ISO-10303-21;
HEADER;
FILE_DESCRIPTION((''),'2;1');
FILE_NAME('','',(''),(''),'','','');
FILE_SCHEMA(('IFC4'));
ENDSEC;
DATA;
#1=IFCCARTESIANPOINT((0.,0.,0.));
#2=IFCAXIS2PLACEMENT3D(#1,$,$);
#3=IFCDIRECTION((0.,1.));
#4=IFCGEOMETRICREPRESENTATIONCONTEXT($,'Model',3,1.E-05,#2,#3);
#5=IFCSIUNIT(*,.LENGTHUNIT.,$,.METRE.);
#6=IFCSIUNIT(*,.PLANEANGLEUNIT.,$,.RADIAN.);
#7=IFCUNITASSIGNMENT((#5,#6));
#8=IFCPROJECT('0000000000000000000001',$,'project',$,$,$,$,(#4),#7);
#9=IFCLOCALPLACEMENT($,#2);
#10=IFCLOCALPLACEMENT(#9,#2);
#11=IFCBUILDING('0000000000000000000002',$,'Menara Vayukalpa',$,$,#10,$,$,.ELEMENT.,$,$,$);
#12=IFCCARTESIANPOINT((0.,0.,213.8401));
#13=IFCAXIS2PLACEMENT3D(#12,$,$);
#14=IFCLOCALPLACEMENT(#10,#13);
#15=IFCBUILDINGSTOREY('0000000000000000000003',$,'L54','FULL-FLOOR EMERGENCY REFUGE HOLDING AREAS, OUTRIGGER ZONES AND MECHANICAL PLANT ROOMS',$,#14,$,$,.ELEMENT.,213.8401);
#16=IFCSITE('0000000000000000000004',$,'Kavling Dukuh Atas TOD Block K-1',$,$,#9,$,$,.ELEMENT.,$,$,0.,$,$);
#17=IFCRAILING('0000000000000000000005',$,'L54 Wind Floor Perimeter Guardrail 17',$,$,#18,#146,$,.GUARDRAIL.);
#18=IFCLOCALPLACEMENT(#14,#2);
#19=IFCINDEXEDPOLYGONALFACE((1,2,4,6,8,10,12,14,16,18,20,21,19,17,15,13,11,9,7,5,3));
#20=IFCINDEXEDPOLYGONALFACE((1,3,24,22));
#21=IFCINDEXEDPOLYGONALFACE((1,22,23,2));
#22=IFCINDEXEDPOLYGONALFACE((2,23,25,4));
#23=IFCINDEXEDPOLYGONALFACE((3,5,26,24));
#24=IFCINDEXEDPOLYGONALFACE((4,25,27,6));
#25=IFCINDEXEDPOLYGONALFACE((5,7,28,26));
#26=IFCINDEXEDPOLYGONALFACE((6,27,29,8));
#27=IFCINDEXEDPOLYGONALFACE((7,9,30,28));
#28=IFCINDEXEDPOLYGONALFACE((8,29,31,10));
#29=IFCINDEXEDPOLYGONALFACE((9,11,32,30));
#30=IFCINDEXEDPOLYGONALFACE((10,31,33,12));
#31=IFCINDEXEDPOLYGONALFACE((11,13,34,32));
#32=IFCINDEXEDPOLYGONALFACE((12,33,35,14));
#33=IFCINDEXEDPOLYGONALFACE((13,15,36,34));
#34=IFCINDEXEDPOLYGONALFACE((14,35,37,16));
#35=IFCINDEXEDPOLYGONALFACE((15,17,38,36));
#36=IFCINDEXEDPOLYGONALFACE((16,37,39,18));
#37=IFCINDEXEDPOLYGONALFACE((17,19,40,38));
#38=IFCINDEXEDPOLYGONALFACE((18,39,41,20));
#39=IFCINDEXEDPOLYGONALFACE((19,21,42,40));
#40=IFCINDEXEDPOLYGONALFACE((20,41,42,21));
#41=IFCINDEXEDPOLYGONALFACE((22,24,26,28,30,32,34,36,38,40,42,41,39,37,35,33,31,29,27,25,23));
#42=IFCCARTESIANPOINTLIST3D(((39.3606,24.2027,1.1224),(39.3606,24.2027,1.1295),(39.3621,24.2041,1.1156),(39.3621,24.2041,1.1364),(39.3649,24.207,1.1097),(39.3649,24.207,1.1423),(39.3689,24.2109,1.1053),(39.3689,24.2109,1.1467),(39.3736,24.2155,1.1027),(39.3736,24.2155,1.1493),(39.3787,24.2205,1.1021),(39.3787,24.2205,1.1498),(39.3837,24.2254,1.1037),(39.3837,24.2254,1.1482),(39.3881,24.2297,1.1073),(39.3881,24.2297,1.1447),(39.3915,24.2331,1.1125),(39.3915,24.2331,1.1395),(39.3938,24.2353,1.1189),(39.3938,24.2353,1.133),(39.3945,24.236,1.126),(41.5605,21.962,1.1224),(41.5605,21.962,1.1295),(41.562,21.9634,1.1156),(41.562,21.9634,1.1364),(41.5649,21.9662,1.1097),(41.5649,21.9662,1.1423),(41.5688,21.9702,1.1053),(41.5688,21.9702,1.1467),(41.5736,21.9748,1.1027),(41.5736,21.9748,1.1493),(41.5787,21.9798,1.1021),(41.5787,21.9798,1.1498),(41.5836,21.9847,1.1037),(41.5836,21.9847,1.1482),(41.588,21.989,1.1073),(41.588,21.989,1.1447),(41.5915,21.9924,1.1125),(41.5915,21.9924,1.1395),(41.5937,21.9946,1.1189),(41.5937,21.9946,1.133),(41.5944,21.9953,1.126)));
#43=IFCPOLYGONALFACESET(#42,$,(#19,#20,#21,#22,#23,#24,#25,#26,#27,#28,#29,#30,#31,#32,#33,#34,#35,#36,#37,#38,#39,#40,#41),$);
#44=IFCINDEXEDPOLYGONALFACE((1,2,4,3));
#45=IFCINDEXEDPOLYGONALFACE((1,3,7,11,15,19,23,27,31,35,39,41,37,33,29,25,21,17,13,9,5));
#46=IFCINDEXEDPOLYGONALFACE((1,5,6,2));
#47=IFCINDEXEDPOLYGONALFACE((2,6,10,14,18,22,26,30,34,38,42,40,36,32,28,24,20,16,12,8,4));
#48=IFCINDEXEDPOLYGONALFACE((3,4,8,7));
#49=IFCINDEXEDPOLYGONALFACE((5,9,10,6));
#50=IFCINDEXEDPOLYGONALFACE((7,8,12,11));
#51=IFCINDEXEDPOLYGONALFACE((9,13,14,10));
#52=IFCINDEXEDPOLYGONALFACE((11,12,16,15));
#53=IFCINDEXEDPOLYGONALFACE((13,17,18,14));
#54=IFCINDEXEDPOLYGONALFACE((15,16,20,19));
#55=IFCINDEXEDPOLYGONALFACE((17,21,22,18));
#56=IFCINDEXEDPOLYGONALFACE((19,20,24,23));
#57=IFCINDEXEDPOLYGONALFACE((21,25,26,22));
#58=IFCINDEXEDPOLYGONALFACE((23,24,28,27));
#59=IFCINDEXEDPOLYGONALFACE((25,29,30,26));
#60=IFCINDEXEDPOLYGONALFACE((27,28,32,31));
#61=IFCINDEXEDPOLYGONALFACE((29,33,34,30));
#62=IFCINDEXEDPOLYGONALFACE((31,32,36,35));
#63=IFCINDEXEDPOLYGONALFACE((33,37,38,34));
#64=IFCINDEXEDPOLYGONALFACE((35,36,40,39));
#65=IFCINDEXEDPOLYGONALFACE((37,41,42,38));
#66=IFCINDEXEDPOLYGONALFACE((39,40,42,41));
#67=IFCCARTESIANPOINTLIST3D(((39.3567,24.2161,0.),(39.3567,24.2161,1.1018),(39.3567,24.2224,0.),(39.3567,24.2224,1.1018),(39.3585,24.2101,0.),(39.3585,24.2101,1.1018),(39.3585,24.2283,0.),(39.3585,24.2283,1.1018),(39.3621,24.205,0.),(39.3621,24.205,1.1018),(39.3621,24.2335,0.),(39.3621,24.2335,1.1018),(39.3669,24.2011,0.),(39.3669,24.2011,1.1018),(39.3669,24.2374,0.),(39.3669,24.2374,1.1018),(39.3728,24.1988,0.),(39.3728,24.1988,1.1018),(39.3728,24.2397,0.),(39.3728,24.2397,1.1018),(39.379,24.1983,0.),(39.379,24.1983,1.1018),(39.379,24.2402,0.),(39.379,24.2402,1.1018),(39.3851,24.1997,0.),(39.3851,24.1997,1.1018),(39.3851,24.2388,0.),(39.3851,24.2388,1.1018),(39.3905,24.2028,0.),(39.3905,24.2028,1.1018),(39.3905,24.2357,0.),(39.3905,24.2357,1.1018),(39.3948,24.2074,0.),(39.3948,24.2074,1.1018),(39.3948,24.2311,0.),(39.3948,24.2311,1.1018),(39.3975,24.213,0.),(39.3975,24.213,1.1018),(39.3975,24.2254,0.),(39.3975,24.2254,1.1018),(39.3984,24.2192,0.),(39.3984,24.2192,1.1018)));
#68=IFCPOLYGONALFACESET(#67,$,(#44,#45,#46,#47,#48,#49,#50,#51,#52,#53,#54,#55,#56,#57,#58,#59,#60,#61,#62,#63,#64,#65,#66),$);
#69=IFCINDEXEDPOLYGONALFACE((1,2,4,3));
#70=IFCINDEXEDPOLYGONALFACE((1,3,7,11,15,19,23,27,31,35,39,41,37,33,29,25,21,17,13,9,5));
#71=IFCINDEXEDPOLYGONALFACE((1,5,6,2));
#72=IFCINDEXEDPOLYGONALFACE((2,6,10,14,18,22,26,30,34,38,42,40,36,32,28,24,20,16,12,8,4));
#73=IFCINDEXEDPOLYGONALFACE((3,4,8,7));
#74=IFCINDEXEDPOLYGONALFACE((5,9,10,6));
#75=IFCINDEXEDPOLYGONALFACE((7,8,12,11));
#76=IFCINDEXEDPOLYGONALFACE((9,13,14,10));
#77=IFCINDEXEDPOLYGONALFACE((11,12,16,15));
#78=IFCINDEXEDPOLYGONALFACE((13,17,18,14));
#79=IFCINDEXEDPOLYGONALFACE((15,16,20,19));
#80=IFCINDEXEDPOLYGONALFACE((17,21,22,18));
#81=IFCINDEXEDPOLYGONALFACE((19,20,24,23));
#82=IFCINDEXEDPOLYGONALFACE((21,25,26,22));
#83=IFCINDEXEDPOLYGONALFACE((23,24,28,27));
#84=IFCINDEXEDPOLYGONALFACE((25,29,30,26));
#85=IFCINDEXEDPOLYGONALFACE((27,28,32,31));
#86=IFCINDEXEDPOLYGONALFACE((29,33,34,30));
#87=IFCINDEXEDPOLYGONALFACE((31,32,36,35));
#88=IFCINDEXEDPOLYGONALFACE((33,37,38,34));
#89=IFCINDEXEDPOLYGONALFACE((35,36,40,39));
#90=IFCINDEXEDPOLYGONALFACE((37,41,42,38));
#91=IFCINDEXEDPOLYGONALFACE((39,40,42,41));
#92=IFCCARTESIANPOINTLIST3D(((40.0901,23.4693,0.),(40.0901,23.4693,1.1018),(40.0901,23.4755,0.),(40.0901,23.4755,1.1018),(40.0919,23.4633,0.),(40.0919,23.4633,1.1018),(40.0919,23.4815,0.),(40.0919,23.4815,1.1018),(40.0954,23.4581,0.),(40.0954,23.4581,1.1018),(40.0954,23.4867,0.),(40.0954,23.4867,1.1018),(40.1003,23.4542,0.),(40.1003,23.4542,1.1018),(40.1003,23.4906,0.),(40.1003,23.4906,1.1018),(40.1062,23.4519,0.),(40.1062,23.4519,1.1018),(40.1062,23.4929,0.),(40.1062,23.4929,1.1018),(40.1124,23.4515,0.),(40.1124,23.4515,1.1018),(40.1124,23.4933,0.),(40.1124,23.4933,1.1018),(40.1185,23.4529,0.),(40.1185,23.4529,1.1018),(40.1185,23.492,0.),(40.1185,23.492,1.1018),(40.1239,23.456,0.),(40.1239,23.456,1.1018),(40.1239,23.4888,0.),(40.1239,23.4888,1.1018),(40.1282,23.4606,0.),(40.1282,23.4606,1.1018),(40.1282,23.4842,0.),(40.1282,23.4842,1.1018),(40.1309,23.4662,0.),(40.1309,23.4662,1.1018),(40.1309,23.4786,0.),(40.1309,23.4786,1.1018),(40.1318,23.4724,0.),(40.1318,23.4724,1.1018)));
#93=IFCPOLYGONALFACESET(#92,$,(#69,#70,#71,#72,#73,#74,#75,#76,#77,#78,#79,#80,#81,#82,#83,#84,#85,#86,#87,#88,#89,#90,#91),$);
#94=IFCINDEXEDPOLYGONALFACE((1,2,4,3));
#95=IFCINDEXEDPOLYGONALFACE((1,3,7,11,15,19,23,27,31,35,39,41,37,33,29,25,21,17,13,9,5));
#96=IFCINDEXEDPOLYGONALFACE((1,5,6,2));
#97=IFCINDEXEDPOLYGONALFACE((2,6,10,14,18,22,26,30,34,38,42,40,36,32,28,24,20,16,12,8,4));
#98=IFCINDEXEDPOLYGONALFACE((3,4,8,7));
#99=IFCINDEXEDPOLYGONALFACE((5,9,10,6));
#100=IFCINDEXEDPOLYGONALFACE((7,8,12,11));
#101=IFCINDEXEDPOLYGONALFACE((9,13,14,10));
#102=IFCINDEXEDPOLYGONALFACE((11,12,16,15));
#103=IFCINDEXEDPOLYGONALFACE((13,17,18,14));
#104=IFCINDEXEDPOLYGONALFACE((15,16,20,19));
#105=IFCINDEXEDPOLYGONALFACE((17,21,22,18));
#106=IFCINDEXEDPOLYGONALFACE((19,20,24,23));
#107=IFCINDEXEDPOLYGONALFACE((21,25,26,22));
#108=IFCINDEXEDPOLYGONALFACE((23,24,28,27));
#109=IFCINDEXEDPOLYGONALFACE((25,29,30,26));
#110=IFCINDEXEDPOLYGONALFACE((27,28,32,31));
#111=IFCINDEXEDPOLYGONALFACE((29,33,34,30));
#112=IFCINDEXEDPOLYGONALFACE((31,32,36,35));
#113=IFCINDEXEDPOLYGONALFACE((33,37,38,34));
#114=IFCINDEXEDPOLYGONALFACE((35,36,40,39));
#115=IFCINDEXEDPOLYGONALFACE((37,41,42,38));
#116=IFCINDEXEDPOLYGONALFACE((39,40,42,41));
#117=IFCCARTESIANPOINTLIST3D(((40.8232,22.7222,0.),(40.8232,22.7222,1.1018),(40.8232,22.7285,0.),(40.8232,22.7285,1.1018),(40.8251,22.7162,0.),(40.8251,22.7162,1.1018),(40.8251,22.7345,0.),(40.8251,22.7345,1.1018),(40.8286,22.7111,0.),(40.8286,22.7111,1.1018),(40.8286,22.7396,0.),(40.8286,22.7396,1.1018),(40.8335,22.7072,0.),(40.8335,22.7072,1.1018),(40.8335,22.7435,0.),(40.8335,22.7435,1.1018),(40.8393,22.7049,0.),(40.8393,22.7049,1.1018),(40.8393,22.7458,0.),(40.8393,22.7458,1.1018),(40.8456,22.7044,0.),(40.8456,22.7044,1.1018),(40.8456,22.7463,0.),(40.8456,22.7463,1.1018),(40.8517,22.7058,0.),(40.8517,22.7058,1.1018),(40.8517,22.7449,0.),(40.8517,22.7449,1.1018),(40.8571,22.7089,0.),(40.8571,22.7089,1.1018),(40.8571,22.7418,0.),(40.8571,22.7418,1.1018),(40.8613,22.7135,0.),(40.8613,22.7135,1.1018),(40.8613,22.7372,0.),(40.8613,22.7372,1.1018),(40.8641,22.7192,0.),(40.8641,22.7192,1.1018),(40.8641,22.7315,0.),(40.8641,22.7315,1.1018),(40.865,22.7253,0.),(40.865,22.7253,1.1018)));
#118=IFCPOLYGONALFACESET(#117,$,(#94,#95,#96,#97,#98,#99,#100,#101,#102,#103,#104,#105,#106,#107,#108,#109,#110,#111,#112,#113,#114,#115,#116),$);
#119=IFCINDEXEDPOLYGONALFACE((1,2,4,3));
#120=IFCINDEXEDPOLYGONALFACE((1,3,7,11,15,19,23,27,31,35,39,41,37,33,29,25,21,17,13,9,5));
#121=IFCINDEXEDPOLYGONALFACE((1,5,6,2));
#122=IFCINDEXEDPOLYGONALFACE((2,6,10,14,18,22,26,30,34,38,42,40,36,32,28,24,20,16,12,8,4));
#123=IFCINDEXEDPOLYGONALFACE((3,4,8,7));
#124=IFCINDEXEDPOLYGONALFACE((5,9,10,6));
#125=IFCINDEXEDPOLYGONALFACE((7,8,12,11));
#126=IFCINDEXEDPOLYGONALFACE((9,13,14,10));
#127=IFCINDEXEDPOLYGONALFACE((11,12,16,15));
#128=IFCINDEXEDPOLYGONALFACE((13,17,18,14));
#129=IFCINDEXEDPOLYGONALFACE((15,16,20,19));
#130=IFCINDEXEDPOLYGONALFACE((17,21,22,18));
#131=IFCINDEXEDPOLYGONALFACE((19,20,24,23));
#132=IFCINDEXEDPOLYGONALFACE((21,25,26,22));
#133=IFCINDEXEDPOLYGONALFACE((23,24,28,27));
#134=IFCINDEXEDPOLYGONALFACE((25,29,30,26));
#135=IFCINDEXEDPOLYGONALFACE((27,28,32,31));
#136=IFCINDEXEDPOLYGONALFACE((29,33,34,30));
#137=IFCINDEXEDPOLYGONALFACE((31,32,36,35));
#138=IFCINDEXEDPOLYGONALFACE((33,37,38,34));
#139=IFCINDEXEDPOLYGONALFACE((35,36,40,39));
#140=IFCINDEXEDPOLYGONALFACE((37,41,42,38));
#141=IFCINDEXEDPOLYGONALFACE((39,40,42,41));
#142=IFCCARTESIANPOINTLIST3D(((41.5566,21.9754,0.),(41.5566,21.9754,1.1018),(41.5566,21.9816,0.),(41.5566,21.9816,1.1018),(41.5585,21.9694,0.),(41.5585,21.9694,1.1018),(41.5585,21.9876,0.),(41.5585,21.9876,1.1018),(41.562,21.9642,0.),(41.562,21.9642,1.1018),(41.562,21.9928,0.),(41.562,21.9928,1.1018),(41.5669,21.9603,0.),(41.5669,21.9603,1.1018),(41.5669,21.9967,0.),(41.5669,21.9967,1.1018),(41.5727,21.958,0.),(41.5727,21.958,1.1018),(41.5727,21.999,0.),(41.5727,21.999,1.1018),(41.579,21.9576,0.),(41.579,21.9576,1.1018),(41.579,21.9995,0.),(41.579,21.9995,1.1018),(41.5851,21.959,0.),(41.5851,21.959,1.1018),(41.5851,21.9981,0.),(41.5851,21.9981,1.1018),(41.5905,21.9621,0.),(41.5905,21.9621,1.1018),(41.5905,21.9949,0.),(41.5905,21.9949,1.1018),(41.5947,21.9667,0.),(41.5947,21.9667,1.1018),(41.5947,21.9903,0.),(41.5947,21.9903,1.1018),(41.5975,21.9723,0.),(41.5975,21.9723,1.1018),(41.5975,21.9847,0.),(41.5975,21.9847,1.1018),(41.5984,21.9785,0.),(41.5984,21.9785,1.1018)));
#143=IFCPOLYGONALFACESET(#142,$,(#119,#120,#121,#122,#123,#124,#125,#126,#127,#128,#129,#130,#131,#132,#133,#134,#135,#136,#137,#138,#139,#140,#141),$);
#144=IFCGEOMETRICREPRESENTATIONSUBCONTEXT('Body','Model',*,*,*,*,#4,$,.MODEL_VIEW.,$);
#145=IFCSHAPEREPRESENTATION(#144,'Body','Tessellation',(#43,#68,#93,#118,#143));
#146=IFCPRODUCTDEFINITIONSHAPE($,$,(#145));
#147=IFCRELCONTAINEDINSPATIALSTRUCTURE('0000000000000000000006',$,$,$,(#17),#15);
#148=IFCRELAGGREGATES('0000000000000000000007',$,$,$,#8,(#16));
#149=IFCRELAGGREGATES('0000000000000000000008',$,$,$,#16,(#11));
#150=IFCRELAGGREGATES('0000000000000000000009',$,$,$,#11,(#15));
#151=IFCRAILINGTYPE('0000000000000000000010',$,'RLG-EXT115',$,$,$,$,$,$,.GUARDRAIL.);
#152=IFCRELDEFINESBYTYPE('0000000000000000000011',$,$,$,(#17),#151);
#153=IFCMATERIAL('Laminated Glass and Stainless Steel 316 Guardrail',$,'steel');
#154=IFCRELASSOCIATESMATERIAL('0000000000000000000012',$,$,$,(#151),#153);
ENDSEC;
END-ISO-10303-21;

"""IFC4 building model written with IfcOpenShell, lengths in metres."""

from ifc_helpers import new_model, si_unit, direction, frame, origin, origin_2d, place, context, subcontext, project, spatial, circle, extrude, material, type_object, element, save


model = new_model("IFC4")

# Units and contexts
model_context = context("Model", 3, precision=1e-05, world=origin(), true_north=direction((0.0, 1.0)))
body_context = subcontext(model_context, "Body", "Model", "MODEL_VIEW")
ifc_project = project(units=[si_unit("LENGTHUNIT", "METRE"), si_unit("PLANEANGLEUNIT", "RADIAN")], contexts=[model_context])

# Site, building, storey
site_placement = place(None, origin())
site = spatial("IfcSite", under=ifc_project, at=site_placement, Name="Kavling Dukuh Atas TOD Block K-1", CompositionType="ELEMENT", RefElevation=0.0)
building_placement = place(site_placement, origin())
building = spatial("IfcBuilding", under=site, at=building_placement, Name="Menara Vayukalpa", CompositionType="ELEMENT")
storey_placement = place(building_placement, frame((0.0, 0.0, 213.8401)))
storey = spatial("IfcBuildingStorey", under=building, at=storey_placement, Name="L54", Description="FULL-FLOOR EMERGENCY REFUGE HOLDING AREAS, OUTRIGGER ZONES AND MECHANICAL PLANT ROOMS", CompositionType="ELEMENT", Elevation=213.8401)

# Railing
ifc_material_1 = material(Name="Laminated Glass and Stainless Steel 316 Guardrail", Category="steel")
railing_type_1 = type_object("IfcRailingType", Name="RLG-EXT115", PredefinedType="GUARDRAIL", material=ifc_material_1)
railing_1_placement = place(storey_placement, frame((39.3774, 24.2192, 0.0)))
element("IfcRailing", 1, at=railing_1_placement, inside=storey, type_object=railing_type_1, Name="L54 Wind Floor Perimeter Guardrail 17", PredefinedType="GUARDRAIL", context=body_context, shape_type="SweptSolid", body=[
    extrude(circle(Radius=0.0239, at=origin_2d()), frame((0.0, 0.0, 1.126), z_axis=(0.700585, -0.713569, 0.0), x_axis=(0.713569, 0.700585, 0.0)), (0.0, 0.0, 1.0), 3.1401),
    extrude(circle(Radius=0.021, at=origin_2d()), origin(), (0.0, 0.0, 1.0), 1.1018),
    extrude(circle(Radius=0.021, at=origin_2d()), frame((0.7334, -0.7468, 0.0)), (0.0, 0.0, 1.0), 1.1018),
    extrude(circle(Radius=0.021, at=origin_2d()), frame((1.4666, -1.4939, 0.0)), (0.0, 0.0, 1.0), 1.1018),
    extrude(circle(Radius=0.021, at=origin_2d()), frame((2.2, -2.2407, 0.0)), (0.0, 0.0, 1.0), 1.1018),
])

save(model, "model.ifc")
